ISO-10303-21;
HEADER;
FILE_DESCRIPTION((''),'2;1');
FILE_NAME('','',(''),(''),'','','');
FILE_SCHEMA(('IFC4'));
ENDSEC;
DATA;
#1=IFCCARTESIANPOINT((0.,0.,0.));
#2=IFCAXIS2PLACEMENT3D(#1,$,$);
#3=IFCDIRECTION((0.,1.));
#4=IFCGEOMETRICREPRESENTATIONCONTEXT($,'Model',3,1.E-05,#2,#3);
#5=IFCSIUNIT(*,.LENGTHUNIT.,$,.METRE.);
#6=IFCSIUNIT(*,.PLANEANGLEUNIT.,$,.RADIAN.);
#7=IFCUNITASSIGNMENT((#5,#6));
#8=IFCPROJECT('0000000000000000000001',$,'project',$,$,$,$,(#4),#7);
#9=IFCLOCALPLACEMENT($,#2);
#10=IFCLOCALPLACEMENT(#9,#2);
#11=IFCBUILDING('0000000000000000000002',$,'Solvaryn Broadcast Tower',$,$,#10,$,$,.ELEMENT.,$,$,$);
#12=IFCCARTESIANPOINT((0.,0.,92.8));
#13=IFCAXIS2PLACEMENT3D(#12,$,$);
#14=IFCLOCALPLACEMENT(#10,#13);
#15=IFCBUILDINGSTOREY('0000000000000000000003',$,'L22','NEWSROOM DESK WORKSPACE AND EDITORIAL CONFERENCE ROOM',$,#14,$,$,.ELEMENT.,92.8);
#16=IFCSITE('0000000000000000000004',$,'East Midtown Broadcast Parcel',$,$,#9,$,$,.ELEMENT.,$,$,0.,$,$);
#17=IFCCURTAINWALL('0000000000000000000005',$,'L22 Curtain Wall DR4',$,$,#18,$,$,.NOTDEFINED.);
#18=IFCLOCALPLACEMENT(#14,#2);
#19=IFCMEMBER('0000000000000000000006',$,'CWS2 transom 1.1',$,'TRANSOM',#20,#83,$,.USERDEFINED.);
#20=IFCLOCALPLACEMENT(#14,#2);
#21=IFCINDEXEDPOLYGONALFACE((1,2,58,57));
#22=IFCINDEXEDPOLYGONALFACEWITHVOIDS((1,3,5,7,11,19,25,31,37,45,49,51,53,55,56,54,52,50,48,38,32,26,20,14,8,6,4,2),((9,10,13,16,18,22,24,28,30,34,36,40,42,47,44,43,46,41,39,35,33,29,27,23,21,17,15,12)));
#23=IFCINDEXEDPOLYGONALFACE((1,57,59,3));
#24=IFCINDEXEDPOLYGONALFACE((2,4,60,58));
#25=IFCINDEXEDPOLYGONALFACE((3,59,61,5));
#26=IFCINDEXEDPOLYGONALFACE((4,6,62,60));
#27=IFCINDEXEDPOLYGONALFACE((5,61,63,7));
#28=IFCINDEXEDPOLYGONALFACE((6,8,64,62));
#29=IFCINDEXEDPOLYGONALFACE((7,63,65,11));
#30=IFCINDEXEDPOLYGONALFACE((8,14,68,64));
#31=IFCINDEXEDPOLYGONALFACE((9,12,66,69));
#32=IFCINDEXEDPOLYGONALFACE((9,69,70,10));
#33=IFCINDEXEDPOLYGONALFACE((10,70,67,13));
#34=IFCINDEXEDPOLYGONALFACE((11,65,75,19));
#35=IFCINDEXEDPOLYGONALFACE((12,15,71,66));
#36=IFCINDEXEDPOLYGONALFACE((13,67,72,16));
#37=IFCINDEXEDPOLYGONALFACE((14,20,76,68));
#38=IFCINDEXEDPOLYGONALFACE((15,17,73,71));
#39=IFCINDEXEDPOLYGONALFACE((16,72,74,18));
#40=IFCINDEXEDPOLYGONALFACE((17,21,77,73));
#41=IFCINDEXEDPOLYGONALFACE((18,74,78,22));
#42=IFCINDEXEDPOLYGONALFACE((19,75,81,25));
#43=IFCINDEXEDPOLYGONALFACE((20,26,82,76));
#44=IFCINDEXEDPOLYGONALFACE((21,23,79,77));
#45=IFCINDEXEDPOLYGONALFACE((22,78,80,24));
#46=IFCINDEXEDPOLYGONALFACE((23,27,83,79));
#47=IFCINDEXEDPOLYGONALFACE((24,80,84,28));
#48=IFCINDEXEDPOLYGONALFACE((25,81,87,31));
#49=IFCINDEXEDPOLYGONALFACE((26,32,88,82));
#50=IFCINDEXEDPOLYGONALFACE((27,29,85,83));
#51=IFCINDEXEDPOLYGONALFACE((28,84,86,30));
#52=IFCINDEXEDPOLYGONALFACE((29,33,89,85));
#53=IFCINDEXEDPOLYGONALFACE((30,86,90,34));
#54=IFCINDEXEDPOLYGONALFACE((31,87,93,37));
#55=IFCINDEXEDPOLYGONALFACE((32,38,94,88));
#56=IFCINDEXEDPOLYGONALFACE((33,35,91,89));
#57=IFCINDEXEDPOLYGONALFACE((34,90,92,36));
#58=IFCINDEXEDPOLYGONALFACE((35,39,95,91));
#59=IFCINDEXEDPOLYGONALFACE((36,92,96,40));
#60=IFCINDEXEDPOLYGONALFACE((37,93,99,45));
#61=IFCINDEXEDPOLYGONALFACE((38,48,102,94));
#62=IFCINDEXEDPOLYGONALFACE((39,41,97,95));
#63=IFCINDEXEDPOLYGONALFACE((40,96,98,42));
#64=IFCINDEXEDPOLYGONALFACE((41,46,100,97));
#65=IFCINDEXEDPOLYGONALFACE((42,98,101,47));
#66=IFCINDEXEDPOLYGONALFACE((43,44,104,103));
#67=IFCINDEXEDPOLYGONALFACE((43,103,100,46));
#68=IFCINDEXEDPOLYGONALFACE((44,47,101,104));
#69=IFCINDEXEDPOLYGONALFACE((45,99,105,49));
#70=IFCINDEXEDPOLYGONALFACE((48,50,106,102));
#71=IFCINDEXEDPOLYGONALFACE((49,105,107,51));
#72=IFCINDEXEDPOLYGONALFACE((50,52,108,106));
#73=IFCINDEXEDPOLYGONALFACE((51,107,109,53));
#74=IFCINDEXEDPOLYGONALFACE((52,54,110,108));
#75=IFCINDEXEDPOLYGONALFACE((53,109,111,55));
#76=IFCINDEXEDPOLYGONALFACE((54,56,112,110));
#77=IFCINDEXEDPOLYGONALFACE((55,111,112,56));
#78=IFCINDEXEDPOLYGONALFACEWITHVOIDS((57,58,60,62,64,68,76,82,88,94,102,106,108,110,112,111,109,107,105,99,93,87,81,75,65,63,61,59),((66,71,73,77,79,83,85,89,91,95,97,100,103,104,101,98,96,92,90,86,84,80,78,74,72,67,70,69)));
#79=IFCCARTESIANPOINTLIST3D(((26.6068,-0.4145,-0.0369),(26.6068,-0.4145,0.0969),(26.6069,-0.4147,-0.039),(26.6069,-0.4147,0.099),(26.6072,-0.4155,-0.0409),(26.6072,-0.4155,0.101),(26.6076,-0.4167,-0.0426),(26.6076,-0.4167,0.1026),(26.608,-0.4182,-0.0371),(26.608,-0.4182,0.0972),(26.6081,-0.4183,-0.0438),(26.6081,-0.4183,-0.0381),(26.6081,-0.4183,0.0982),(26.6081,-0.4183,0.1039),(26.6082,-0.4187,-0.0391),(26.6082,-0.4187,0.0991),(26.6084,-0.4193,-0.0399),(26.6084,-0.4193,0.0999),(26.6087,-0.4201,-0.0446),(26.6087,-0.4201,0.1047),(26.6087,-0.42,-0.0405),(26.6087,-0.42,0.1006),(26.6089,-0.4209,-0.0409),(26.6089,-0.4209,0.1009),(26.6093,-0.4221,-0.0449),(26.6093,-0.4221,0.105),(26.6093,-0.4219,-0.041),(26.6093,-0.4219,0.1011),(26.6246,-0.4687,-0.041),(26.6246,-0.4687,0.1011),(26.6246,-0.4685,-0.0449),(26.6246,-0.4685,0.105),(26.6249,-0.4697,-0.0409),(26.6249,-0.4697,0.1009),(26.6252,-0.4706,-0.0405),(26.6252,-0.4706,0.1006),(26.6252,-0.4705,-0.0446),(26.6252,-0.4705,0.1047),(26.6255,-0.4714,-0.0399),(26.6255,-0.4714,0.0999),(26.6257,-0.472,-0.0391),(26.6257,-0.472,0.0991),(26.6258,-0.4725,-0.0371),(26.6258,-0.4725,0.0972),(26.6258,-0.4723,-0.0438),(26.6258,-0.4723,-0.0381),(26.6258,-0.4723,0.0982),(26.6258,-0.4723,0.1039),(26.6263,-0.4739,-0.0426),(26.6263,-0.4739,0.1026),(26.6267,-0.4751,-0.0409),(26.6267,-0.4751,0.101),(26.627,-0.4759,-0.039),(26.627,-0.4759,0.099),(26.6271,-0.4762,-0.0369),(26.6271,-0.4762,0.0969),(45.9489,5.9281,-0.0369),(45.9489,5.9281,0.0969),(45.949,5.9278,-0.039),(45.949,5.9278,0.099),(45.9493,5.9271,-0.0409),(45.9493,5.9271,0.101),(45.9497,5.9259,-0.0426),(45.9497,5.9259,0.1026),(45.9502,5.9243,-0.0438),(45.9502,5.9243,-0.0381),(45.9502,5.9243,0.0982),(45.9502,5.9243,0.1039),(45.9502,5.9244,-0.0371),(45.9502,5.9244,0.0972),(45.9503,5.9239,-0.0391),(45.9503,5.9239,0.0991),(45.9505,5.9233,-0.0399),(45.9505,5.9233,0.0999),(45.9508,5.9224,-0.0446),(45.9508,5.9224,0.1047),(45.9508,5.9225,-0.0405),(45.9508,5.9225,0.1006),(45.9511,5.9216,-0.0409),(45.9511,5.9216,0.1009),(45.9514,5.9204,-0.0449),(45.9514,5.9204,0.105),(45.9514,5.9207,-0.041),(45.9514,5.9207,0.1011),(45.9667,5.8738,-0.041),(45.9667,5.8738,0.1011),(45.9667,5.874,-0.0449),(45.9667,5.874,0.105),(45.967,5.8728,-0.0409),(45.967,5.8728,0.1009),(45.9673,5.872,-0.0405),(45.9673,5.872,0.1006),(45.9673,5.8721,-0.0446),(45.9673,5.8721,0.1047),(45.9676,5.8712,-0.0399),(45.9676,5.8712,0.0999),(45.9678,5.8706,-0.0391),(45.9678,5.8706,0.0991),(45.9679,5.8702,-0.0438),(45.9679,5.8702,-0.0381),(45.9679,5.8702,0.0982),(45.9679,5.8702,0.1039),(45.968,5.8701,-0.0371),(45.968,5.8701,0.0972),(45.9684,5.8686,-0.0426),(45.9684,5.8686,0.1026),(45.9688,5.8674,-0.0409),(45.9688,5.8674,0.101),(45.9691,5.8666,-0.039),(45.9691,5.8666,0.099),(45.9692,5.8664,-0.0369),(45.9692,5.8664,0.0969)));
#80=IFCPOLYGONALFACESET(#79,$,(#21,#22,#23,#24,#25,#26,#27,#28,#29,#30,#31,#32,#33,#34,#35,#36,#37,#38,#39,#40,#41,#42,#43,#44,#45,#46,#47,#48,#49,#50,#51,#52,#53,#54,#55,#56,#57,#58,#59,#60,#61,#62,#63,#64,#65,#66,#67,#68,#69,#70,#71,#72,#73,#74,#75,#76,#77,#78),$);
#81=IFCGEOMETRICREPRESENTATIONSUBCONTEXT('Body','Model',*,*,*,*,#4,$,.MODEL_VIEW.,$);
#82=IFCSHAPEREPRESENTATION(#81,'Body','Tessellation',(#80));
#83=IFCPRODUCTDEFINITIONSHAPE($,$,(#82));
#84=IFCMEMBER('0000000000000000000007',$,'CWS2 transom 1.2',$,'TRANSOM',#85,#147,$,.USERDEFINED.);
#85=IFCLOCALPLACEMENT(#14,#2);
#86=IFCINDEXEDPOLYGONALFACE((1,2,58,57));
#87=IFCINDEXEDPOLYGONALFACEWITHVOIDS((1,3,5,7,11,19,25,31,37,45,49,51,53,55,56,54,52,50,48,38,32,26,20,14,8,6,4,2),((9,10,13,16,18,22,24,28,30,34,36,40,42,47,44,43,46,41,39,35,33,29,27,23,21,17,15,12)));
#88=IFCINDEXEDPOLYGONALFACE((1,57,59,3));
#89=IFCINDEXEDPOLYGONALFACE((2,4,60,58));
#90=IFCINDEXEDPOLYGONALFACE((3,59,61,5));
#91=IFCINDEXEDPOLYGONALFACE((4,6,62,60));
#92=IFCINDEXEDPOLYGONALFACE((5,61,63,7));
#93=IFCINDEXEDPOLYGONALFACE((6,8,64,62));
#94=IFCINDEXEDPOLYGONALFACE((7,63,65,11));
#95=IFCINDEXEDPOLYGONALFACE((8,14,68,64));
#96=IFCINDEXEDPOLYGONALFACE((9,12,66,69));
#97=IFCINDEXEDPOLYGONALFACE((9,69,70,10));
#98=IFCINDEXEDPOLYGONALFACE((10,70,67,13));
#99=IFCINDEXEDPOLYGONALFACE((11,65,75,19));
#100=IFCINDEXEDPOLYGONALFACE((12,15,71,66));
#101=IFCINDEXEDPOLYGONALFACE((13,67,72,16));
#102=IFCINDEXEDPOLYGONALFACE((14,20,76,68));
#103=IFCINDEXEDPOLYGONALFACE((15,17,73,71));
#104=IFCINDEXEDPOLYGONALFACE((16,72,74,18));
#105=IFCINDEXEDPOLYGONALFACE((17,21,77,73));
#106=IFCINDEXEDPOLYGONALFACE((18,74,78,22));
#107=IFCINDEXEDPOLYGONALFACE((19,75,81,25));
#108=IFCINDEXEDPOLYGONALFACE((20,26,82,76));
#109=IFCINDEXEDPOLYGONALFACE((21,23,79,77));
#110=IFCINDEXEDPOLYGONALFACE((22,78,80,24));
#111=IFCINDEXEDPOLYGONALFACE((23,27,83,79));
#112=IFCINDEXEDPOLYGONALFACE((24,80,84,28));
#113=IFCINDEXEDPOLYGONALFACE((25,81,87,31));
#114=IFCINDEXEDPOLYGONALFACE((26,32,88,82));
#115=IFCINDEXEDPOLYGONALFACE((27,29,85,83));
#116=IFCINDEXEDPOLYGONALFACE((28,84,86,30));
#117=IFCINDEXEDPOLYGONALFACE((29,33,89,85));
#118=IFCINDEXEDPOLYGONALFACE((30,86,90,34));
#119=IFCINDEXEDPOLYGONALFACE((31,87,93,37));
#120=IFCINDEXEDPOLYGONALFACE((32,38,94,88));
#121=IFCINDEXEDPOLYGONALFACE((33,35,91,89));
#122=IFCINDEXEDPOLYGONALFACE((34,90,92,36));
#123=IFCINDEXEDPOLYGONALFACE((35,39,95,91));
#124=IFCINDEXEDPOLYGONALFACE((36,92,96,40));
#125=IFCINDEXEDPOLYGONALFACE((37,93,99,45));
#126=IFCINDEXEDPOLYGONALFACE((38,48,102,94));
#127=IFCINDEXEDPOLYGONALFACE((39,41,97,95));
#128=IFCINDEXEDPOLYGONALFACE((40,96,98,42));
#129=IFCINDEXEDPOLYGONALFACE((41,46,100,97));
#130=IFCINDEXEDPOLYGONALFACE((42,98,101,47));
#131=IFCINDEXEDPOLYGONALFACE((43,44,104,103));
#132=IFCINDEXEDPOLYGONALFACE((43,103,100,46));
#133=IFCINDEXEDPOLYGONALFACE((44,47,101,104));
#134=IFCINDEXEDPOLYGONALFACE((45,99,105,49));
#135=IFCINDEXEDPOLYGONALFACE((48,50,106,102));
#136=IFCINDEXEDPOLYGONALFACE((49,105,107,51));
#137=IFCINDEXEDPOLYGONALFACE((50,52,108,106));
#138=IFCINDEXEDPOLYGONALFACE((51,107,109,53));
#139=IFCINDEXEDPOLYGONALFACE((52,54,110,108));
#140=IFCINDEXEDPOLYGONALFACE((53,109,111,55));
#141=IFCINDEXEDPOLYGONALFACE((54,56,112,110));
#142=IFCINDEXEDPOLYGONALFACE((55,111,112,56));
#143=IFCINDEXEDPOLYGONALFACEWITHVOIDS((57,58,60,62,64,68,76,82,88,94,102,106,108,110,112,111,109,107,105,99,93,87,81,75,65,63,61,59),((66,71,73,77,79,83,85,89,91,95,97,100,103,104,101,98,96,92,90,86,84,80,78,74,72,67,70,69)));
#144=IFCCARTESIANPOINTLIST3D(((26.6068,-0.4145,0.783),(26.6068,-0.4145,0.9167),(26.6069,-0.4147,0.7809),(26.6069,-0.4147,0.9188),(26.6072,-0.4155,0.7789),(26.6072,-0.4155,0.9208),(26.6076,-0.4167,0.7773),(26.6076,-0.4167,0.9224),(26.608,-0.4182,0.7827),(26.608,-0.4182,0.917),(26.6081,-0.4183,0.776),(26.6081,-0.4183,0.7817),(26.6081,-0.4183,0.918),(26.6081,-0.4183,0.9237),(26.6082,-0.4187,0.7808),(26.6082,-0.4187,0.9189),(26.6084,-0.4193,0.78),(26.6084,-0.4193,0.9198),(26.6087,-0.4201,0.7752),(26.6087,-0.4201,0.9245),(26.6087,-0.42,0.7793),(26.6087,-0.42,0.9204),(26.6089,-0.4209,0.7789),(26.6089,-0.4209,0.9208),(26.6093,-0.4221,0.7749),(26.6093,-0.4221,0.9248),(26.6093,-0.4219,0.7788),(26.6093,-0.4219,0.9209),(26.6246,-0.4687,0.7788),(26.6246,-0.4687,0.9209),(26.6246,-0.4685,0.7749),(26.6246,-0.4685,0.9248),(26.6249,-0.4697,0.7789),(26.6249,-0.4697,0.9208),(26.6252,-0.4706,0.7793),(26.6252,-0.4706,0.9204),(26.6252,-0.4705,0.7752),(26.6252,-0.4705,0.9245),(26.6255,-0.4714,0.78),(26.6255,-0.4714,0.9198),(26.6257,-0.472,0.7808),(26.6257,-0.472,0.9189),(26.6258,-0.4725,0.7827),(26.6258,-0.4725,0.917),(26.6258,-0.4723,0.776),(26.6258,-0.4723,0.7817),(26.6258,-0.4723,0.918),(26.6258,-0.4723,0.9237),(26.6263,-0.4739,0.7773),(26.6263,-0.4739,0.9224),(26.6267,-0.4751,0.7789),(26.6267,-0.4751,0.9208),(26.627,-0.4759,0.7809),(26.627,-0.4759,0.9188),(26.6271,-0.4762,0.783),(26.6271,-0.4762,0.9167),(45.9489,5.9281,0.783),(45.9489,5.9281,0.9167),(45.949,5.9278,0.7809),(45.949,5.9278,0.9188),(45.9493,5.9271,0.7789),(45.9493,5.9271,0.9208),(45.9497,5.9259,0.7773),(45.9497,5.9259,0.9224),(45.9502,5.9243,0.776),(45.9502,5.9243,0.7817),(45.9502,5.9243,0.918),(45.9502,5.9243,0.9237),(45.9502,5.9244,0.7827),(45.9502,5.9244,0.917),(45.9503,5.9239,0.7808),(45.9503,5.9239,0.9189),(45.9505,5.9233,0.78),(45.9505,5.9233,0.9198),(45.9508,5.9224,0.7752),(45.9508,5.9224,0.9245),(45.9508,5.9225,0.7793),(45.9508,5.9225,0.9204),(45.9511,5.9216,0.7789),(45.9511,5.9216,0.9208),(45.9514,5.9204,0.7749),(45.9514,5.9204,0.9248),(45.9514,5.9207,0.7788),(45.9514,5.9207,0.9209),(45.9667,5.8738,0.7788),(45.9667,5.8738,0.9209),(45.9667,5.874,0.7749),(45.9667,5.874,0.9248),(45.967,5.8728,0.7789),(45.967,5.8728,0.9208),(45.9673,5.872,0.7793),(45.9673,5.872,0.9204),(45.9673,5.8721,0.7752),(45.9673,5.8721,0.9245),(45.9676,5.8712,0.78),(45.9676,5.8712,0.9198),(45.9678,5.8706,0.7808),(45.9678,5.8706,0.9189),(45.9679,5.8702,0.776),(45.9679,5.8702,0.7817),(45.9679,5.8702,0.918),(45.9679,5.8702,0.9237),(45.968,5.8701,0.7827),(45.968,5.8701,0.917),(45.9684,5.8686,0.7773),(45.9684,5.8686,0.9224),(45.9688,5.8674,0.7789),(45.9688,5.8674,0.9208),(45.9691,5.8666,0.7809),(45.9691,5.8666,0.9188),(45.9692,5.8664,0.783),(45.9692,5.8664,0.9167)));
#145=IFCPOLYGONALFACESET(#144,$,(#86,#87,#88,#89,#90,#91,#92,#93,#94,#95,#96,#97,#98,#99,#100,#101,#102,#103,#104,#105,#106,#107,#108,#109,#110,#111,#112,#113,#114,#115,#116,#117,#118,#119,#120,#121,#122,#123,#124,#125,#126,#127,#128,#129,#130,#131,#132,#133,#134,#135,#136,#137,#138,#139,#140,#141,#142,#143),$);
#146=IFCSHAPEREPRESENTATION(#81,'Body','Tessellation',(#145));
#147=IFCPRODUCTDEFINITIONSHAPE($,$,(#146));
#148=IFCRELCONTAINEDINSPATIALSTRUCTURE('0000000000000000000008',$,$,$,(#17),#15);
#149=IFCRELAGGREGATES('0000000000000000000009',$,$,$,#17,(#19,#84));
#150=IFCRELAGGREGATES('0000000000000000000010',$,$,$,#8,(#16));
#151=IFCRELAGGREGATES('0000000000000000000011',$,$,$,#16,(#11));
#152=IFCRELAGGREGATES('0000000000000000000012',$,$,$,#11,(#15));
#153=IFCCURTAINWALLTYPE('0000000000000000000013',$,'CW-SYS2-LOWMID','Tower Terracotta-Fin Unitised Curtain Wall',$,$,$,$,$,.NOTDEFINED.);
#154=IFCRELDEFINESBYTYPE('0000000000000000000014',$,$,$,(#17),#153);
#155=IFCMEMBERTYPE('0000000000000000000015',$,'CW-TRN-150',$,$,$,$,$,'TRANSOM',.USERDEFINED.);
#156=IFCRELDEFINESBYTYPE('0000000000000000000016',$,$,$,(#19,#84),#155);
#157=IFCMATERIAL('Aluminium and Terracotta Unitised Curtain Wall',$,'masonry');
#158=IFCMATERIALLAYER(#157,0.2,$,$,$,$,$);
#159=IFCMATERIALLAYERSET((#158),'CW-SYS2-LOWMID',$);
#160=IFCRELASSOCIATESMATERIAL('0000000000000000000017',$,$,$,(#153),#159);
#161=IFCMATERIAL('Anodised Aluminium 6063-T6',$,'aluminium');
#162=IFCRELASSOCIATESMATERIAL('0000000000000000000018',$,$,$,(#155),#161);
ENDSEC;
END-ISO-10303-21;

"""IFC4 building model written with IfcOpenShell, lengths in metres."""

from ifc_helpers import new_model, si_unit, direction, frame, origin, origin_2d, place, context, subcontext, project, spatial, hollow_rectangle, extrude, material, layer, layer_set, material_profile, profile_set, type_object, element, aggregate, save


model = new_model("IFC4")

# Units and contexts
model_context = context("Model", 3, precision=1e-05, world=origin(), true_north=direction((0.0, 1.0)))
body_context = subcontext(model_context, "Body", "Model", "MODEL_VIEW")
ifc_project = project(units=[si_unit("LENGTHUNIT", "METRE"), si_unit("PLANEANGLEUNIT", "RADIAN")], contexts=[model_context])

# Site, building, storey
site_placement = place(None, origin())
site = spatial("IfcSite", under=ifc_project, at=site_placement, Name="East Midtown Broadcast Parcel", CompositionType="ELEMENT", RefElevation=0.0)
building_placement = place(site_placement, origin())
building = spatial("IfcBuilding", under=site, at=building_placement, Name="Solvaryn Broadcast Tower", CompositionType="ELEMENT")
storey_placement = place(building_placement, frame((0.0, 0.0, 92.8)))
storey = spatial("IfcBuildingStorey", under=building, at=storey_placement, Name="L22", Description="NEWSROOM DESK WORKSPACE AND EDITORIAL CONFERENCE ROOM", CompositionType="ELEMENT", Elevation=92.8)

# Shared definitions
ifc_material_1 = material(Name="Aluminium and Terracotta Unitised Curtain Wall", Category="masonry")
ifc_layer_1 = layer(ifc_material_1, 0.2)
ifc_layer_set_1 = layer_set([ifc_layer_1], Name="CW-SYS2-LOWMID")
curtain_wall_type = type_object("IfcCurtainWallType", Name="CW-SYS2-LOWMID", Description="Tower Terracotta-Fin Unitised Curtain Wall", PredefinedType="NOTDEFINED", material=ifc_layer_set_1)

# Curtain wall, members
curtain_wall_1_placement = place(storey_placement, origin())
curtain_wall_1 = element("IfcCurtainWall", 1, at=curtain_wall_1_placement, inside=storey, type_object=curtain_wall_type, Name="L22 Curtain Wall DR4", PredefinedType="NOTDEFINED")
ifc_material_2 = material(Name="Anodised Aluminium 6063-T6", Category="aluminium")
ifc_material_profile_1 = material_profile(ifc_material_2, hollow_rectangle(XDim=0.0649, YDim=0.1499, WallThickness=0.0039, InnerFilletRadius=0.0039, OuterFilletRadius=0.0081, at=origin_2d()))
ifc_profile_set_1 = profile_set([ifc_material_profile_1], Name="Anodised Aluminium 6063-T6")
member_type_1 = type_object("IfcMemberType", Name="CW-TRN-150", ElementType="TRANSOM", PredefinedType="USERDEFINED", material=ifc_profile_set_1)
member_1_placement = place(storey_placement, frame((26.6169, -0.4453, 0.03), z_axis=(0.950217, 0.31159, 0.0), x_axis=(-0.31159, 0.950217, 0.0)))
member_1 = element("IfcMember", 2, at=member_1_placement, type_object=member_type_1, Name="CWS2 transom 1.1", ObjectType="TRANSOM", PredefinedType="USERDEFINED", context=body_context, shape_type="SweptSolid", body=[
    extrude(hollow_rectangle(XDim=0.0649, YDim=0.1499, WallThickness=0.0039, InnerFilletRadius=0.0039, OuterFilletRadius=0.0081, at=origin_2d()), origin(), (0.0, 0.0, 1.0), 20.3555),
])
member_2_placement = place(storey_placement, frame((26.6169, -0.4453, 0.8499), z_axis=(0.950217, 0.31159, 0.0), x_axis=(-0.31159, 0.950217, 0.0)))
member_2 = element("IfcMember", 3, at=member_2_placement, type_object=member_type_1, Name="CWS2 transom 1.2", ObjectType="TRANSOM", PredefinedType="USERDEFINED", context=body_context, shape_type="SweptSolid", body=[
    extrude(hollow_rectangle(XDim=0.0649, YDim=0.1499, WallThickness=0.0039, InnerFilletRadius=0.0039, OuterFilletRadius=0.0081, at=origin_2d()), origin(), (0.0, 0.0, 1.0), 20.3555),
])
aggregate(curtain_wall_1, [member_1, member_2])

save(model, "model.ifc")
